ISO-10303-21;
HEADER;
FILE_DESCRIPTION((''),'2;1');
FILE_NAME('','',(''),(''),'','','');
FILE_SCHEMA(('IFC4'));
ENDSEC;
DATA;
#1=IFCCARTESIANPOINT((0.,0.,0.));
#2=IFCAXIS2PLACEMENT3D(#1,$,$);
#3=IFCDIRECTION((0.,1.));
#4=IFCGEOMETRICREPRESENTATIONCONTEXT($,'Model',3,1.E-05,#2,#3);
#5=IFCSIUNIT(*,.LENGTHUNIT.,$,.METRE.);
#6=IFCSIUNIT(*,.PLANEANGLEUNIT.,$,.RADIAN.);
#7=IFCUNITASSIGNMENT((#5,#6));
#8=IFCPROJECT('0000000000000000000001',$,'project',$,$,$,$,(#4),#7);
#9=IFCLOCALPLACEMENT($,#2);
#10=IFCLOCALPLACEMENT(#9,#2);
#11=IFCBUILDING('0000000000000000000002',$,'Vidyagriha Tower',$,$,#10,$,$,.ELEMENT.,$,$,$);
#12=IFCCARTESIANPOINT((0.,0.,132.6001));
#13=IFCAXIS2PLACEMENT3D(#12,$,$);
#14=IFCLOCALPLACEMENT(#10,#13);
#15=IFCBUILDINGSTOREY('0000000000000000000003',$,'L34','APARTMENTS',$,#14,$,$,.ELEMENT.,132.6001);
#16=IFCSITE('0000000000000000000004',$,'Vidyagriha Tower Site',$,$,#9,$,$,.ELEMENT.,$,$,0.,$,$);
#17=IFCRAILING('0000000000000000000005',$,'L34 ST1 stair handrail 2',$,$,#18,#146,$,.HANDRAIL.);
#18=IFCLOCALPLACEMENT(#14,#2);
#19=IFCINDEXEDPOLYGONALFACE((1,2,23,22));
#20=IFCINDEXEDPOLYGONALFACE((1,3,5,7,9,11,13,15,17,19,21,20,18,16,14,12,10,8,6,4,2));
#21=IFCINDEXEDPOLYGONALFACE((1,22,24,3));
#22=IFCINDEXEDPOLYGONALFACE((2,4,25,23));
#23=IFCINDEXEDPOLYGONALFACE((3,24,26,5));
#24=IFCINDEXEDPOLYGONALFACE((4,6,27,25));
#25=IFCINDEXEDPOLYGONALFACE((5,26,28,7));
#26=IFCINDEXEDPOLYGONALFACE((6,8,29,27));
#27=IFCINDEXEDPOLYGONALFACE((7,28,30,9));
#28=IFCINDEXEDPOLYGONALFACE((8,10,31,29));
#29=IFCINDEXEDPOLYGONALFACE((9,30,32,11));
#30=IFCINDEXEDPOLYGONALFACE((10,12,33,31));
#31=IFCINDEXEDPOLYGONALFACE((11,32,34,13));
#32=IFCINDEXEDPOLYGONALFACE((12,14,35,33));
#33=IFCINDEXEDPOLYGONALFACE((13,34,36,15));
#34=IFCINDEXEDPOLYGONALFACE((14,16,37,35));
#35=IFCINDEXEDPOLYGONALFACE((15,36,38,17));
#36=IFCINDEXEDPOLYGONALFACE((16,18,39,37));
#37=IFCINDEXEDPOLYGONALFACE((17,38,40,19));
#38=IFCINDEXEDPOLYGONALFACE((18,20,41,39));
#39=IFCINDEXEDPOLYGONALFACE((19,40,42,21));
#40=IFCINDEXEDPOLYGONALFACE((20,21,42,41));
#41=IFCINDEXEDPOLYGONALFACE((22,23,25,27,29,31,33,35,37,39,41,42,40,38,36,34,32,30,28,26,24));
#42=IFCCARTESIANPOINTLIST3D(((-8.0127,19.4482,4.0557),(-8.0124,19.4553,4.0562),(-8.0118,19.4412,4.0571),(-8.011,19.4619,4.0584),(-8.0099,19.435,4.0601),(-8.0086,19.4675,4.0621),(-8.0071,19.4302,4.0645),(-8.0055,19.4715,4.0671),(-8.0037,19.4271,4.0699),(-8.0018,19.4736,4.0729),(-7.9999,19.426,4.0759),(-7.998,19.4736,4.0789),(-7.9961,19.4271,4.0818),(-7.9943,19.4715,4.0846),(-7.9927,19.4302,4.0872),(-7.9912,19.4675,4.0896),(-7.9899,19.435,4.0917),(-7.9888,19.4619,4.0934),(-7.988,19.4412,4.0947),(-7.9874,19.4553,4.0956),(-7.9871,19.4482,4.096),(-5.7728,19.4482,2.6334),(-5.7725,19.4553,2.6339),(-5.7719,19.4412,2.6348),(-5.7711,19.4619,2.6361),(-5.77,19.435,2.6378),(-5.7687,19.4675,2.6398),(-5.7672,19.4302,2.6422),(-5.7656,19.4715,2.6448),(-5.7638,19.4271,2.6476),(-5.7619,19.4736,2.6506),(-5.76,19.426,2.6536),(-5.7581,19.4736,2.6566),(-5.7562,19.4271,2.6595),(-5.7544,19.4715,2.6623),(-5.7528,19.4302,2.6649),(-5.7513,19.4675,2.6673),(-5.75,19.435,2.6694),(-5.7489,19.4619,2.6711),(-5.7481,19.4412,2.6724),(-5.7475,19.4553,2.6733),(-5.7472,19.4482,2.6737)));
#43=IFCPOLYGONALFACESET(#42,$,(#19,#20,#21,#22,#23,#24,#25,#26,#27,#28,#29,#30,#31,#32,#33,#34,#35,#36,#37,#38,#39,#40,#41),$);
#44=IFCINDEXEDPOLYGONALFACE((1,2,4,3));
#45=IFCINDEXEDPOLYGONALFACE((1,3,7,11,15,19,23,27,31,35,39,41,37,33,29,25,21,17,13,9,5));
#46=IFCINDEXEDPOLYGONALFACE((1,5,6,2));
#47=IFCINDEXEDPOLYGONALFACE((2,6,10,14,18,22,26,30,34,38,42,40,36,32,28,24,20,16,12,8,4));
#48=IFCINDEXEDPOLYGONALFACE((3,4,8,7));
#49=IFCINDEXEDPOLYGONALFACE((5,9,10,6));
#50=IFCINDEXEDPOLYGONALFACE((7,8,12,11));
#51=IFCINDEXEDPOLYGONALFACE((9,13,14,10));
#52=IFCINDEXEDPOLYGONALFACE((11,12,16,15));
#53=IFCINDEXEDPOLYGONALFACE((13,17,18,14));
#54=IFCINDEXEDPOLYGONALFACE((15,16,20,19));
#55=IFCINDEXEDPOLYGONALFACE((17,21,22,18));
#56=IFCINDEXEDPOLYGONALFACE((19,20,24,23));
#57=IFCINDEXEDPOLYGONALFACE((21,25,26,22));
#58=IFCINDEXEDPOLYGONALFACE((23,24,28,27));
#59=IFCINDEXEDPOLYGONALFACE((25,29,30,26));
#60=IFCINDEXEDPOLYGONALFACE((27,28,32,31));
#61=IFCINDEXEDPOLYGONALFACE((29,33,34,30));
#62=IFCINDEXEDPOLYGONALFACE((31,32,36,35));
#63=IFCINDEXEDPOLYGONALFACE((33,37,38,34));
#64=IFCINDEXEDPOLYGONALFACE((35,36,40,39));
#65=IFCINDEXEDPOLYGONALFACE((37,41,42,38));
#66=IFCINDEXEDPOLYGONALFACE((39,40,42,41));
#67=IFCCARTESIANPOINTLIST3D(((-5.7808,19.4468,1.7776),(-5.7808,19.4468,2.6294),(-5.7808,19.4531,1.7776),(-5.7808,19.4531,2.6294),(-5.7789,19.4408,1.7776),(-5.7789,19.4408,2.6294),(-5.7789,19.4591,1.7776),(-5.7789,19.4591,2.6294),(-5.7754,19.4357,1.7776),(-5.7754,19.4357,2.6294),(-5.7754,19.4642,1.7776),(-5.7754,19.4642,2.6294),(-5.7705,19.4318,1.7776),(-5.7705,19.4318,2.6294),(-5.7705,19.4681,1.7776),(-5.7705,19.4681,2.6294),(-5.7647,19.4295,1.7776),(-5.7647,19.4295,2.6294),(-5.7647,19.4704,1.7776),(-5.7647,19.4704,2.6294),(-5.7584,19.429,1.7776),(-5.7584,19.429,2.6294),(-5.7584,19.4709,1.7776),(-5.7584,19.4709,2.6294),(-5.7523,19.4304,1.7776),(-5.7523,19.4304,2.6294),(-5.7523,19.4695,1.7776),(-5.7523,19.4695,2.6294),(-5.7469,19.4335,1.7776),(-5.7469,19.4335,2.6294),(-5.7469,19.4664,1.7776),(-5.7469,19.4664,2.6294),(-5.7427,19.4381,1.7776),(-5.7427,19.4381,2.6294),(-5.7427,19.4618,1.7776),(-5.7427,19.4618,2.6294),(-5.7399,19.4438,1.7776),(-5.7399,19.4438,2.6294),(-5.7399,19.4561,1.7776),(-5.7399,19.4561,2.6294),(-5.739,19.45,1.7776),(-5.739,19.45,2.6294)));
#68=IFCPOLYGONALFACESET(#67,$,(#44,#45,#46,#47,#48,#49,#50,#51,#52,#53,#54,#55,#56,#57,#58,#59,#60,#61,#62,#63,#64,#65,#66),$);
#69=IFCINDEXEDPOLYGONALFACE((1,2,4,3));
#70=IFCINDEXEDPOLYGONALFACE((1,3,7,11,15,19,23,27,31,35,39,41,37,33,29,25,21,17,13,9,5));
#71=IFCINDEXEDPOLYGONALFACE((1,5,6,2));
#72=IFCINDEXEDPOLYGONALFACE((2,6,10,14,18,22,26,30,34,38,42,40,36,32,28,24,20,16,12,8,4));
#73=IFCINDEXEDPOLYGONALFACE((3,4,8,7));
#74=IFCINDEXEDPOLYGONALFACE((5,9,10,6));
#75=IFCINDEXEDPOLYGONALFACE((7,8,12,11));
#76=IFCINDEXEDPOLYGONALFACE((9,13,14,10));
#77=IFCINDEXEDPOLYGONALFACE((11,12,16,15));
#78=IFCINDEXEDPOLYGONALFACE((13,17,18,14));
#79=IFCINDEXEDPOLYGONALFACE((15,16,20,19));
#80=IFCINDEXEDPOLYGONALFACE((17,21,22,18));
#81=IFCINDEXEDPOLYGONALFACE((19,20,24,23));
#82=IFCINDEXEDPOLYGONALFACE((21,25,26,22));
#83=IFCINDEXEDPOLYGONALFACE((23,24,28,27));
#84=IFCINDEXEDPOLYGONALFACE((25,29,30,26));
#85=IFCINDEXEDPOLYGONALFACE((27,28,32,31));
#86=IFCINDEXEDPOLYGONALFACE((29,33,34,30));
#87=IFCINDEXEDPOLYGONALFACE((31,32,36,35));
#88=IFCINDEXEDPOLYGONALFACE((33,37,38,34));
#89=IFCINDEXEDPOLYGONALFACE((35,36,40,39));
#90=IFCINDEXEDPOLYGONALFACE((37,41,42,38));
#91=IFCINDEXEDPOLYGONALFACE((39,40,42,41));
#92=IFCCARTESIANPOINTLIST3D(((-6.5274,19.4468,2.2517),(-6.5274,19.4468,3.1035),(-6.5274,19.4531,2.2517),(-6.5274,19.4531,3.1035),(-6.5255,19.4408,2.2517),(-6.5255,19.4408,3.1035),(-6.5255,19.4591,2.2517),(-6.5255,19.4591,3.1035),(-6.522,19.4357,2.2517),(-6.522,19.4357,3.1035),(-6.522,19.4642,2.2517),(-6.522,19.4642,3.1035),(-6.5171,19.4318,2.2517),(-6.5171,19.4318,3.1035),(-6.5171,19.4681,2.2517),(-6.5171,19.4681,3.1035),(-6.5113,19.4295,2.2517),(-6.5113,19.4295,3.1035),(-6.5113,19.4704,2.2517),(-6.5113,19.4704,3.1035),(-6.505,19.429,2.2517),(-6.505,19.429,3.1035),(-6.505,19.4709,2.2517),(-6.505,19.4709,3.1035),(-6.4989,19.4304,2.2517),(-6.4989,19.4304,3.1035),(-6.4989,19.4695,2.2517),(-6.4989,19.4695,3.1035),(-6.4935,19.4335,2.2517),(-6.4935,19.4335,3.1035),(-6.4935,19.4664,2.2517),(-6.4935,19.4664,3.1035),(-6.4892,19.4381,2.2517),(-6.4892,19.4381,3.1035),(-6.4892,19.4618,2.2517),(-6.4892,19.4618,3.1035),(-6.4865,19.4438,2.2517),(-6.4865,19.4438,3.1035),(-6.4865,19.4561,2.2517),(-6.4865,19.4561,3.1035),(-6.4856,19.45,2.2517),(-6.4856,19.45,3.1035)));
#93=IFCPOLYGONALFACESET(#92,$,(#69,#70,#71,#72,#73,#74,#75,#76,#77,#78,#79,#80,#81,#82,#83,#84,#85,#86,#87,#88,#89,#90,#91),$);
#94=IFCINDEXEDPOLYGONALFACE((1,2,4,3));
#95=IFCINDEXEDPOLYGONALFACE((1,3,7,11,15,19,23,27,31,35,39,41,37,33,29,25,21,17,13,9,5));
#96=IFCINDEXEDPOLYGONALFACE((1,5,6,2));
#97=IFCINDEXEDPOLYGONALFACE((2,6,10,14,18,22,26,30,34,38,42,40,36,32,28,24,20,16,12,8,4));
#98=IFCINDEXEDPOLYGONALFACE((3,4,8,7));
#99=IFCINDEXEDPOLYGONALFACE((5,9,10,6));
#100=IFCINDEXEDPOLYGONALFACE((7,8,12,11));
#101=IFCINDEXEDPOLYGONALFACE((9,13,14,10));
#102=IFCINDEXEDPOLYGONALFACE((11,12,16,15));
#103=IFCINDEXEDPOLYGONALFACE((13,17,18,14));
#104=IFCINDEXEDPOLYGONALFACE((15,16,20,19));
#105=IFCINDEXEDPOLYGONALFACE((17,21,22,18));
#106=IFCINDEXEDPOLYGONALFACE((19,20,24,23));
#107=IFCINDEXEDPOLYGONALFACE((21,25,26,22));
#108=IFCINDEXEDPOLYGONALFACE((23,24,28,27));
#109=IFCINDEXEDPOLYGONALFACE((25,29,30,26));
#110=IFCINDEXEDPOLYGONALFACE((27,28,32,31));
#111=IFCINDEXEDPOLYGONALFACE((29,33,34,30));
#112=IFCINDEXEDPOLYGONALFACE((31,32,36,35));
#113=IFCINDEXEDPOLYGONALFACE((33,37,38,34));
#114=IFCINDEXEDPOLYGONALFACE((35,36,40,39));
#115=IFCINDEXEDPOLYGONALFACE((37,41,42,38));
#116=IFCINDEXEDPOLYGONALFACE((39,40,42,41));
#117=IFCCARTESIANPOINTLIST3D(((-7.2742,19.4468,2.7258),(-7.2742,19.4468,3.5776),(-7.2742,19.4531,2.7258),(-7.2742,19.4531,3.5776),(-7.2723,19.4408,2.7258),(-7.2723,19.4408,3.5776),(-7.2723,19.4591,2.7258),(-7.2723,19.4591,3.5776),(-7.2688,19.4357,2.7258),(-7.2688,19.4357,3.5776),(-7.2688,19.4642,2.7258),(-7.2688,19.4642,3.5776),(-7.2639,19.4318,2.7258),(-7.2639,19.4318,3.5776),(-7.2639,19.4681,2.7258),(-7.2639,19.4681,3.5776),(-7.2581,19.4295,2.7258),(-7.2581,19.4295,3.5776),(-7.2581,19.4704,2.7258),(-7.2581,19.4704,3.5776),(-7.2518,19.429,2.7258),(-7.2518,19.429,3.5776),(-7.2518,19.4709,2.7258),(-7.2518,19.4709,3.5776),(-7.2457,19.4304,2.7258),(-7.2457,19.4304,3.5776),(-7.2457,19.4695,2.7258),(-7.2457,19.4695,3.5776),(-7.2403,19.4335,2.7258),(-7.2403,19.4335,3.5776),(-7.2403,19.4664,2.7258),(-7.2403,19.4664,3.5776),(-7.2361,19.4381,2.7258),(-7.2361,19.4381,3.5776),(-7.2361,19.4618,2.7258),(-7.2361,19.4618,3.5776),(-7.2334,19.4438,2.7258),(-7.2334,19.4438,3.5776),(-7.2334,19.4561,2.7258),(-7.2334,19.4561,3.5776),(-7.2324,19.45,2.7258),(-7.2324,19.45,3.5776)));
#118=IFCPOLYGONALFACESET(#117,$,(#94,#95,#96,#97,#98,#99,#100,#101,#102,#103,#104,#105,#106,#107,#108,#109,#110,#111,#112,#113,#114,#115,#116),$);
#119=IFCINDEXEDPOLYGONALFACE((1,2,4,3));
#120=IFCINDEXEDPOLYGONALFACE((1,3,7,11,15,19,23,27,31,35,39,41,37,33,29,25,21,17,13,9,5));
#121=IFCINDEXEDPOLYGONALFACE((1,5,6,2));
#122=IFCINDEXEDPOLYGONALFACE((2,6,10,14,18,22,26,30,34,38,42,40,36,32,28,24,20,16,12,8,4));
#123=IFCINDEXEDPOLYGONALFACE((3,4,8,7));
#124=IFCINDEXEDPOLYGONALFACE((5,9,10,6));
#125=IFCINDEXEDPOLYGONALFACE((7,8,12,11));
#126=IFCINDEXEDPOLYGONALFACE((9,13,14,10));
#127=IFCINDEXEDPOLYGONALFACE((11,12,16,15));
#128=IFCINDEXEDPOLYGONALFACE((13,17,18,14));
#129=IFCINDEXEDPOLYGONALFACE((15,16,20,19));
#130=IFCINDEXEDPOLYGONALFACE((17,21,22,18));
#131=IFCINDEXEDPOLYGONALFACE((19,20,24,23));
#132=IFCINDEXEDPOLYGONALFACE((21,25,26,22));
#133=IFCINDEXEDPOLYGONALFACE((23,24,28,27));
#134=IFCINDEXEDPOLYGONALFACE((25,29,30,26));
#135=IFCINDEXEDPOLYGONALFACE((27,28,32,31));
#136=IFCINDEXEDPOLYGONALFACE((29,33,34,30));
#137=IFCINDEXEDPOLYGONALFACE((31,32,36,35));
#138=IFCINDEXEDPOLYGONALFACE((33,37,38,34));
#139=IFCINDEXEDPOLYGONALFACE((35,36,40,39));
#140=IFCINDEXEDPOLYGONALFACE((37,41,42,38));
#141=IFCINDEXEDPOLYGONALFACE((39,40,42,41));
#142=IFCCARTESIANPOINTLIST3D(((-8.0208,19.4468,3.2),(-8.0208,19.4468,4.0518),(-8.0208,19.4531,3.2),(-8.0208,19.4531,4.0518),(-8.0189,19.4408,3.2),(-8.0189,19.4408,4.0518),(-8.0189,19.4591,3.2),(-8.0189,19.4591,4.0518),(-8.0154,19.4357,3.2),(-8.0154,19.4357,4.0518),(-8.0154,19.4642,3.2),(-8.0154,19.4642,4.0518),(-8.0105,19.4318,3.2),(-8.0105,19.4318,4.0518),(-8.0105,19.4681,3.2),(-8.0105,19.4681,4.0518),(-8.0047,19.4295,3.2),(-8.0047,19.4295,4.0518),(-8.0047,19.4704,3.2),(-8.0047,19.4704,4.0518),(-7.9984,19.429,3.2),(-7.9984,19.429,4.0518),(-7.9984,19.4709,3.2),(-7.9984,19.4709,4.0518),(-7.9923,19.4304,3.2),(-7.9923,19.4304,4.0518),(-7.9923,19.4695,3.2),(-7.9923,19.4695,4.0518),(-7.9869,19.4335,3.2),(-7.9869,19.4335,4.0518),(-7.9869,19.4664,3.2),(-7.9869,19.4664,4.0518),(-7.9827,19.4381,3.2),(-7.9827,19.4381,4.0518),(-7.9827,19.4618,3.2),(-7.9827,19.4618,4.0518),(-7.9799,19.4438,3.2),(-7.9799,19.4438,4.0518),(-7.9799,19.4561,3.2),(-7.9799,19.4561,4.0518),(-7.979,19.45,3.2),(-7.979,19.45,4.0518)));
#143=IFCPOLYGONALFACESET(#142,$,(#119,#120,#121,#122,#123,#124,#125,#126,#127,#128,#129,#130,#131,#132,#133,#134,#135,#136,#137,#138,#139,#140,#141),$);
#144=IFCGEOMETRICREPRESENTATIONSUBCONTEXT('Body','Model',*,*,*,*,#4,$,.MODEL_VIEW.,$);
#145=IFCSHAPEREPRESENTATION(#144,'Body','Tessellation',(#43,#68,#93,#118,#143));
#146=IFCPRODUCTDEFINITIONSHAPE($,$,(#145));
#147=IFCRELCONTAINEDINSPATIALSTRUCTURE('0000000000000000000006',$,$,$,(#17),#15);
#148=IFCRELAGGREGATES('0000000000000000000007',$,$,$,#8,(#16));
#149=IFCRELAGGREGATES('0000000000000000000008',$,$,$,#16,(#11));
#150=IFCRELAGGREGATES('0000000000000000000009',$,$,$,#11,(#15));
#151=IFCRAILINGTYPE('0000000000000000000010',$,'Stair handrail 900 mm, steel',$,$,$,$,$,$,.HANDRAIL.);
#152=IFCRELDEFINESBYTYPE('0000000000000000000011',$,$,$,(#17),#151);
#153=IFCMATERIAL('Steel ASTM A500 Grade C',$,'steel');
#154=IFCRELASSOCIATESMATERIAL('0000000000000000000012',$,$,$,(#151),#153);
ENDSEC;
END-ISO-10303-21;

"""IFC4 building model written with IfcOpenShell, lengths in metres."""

from ifc_helpers import new_model, si_unit, direction, frame, origin, origin_2d, place, context, subcontext, project, spatial, circle, extrude, material, type_object, element, save


model = new_model("IFC4")

# Units and contexts
model_context = context("Model", 3, precision=1e-05, world=origin(), true_north=direction((0.0, 1.0)))
body_context = subcontext(model_context, "Body", "Model", "MODEL_VIEW")
ifc_project = project(units=[si_unit("LENGTHUNIT", "METRE"), si_unit("PLANEANGLEUNIT", "RADIAN")], contexts=[model_context])

# Site, building, storey
site_placement = place(None, origin())
site = spatial("IfcSite", under=ifc_project, at=site_placement, Name="Vidyagriha Tower Site", CompositionType="ELEMENT", RefElevation=0.0)
building_placement = place(site_placement, origin())
building = spatial("IfcBuilding", under=site, at=building_placement, Name="Vidyagriha Tower", CompositionType="ELEMENT")
storey_placement = place(building_placement, frame((0.0, 0.0, 132.6001)))
storey = spatial("IfcBuildingStorey", under=building, at=storey_placement, Name="L34", Description="APARTMENTS", CompositionType="ELEMENT", Elevation=132.6001)

# Railing
ifc_material_1 = material(Name="Steel ASTM A500 Grade C", Category="steel")
railing_type_1 = type_object("IfcRailingType", Name="Stair handrail 900 mm, steel", PredefinedType="HANDRAIL", material=ifc_material_1)
railing_1_placement = place(storey_placement, frame((-5.76, 19.45, 1.7776)))
element("IfcRailing", 1, at=railing_1_placement, inside=storey, type_object=railing_type_1, Name="L34 ST1 stair handrail 2", PredefinedType="HANDRAIL", context=body_context, shape_type="SweptSolid", body=[
    extrude(circle(Radius=0.0239, at=origin_2d()), frame((0.0, 0.0, 0.876), z_axis=(-0.844188, 0.0, 0.536048), x_axis=(0.0, -1.0, 0.0)), (0.0, 0.0, 1.0), 2.6533),
    extrude(circle(Radius=0.021, at=origin_2d()), origin(), (0.0, 0.0, 1.0), 0.8518),
    extrude(circle(Radius=0.021, at=origin_2d()), frame((-0.7466, 0.0, 0.4741)), (0.0, 0.0, 1.0), 0.8518),
    extrude(circle(Radius=0.021, at=origin_2d()), frame((-1.4934, 0.0, 0.9482)), (0.0, 0.0, 1.0), 0.8518),
    extrude(circle(Radius=0.021, at=origin_2d()), frame((-2.24, 0.0, 1.4224)), (0.0, 0.0, 1.0), 0.8518),
])

save(model, "model.ifc")
